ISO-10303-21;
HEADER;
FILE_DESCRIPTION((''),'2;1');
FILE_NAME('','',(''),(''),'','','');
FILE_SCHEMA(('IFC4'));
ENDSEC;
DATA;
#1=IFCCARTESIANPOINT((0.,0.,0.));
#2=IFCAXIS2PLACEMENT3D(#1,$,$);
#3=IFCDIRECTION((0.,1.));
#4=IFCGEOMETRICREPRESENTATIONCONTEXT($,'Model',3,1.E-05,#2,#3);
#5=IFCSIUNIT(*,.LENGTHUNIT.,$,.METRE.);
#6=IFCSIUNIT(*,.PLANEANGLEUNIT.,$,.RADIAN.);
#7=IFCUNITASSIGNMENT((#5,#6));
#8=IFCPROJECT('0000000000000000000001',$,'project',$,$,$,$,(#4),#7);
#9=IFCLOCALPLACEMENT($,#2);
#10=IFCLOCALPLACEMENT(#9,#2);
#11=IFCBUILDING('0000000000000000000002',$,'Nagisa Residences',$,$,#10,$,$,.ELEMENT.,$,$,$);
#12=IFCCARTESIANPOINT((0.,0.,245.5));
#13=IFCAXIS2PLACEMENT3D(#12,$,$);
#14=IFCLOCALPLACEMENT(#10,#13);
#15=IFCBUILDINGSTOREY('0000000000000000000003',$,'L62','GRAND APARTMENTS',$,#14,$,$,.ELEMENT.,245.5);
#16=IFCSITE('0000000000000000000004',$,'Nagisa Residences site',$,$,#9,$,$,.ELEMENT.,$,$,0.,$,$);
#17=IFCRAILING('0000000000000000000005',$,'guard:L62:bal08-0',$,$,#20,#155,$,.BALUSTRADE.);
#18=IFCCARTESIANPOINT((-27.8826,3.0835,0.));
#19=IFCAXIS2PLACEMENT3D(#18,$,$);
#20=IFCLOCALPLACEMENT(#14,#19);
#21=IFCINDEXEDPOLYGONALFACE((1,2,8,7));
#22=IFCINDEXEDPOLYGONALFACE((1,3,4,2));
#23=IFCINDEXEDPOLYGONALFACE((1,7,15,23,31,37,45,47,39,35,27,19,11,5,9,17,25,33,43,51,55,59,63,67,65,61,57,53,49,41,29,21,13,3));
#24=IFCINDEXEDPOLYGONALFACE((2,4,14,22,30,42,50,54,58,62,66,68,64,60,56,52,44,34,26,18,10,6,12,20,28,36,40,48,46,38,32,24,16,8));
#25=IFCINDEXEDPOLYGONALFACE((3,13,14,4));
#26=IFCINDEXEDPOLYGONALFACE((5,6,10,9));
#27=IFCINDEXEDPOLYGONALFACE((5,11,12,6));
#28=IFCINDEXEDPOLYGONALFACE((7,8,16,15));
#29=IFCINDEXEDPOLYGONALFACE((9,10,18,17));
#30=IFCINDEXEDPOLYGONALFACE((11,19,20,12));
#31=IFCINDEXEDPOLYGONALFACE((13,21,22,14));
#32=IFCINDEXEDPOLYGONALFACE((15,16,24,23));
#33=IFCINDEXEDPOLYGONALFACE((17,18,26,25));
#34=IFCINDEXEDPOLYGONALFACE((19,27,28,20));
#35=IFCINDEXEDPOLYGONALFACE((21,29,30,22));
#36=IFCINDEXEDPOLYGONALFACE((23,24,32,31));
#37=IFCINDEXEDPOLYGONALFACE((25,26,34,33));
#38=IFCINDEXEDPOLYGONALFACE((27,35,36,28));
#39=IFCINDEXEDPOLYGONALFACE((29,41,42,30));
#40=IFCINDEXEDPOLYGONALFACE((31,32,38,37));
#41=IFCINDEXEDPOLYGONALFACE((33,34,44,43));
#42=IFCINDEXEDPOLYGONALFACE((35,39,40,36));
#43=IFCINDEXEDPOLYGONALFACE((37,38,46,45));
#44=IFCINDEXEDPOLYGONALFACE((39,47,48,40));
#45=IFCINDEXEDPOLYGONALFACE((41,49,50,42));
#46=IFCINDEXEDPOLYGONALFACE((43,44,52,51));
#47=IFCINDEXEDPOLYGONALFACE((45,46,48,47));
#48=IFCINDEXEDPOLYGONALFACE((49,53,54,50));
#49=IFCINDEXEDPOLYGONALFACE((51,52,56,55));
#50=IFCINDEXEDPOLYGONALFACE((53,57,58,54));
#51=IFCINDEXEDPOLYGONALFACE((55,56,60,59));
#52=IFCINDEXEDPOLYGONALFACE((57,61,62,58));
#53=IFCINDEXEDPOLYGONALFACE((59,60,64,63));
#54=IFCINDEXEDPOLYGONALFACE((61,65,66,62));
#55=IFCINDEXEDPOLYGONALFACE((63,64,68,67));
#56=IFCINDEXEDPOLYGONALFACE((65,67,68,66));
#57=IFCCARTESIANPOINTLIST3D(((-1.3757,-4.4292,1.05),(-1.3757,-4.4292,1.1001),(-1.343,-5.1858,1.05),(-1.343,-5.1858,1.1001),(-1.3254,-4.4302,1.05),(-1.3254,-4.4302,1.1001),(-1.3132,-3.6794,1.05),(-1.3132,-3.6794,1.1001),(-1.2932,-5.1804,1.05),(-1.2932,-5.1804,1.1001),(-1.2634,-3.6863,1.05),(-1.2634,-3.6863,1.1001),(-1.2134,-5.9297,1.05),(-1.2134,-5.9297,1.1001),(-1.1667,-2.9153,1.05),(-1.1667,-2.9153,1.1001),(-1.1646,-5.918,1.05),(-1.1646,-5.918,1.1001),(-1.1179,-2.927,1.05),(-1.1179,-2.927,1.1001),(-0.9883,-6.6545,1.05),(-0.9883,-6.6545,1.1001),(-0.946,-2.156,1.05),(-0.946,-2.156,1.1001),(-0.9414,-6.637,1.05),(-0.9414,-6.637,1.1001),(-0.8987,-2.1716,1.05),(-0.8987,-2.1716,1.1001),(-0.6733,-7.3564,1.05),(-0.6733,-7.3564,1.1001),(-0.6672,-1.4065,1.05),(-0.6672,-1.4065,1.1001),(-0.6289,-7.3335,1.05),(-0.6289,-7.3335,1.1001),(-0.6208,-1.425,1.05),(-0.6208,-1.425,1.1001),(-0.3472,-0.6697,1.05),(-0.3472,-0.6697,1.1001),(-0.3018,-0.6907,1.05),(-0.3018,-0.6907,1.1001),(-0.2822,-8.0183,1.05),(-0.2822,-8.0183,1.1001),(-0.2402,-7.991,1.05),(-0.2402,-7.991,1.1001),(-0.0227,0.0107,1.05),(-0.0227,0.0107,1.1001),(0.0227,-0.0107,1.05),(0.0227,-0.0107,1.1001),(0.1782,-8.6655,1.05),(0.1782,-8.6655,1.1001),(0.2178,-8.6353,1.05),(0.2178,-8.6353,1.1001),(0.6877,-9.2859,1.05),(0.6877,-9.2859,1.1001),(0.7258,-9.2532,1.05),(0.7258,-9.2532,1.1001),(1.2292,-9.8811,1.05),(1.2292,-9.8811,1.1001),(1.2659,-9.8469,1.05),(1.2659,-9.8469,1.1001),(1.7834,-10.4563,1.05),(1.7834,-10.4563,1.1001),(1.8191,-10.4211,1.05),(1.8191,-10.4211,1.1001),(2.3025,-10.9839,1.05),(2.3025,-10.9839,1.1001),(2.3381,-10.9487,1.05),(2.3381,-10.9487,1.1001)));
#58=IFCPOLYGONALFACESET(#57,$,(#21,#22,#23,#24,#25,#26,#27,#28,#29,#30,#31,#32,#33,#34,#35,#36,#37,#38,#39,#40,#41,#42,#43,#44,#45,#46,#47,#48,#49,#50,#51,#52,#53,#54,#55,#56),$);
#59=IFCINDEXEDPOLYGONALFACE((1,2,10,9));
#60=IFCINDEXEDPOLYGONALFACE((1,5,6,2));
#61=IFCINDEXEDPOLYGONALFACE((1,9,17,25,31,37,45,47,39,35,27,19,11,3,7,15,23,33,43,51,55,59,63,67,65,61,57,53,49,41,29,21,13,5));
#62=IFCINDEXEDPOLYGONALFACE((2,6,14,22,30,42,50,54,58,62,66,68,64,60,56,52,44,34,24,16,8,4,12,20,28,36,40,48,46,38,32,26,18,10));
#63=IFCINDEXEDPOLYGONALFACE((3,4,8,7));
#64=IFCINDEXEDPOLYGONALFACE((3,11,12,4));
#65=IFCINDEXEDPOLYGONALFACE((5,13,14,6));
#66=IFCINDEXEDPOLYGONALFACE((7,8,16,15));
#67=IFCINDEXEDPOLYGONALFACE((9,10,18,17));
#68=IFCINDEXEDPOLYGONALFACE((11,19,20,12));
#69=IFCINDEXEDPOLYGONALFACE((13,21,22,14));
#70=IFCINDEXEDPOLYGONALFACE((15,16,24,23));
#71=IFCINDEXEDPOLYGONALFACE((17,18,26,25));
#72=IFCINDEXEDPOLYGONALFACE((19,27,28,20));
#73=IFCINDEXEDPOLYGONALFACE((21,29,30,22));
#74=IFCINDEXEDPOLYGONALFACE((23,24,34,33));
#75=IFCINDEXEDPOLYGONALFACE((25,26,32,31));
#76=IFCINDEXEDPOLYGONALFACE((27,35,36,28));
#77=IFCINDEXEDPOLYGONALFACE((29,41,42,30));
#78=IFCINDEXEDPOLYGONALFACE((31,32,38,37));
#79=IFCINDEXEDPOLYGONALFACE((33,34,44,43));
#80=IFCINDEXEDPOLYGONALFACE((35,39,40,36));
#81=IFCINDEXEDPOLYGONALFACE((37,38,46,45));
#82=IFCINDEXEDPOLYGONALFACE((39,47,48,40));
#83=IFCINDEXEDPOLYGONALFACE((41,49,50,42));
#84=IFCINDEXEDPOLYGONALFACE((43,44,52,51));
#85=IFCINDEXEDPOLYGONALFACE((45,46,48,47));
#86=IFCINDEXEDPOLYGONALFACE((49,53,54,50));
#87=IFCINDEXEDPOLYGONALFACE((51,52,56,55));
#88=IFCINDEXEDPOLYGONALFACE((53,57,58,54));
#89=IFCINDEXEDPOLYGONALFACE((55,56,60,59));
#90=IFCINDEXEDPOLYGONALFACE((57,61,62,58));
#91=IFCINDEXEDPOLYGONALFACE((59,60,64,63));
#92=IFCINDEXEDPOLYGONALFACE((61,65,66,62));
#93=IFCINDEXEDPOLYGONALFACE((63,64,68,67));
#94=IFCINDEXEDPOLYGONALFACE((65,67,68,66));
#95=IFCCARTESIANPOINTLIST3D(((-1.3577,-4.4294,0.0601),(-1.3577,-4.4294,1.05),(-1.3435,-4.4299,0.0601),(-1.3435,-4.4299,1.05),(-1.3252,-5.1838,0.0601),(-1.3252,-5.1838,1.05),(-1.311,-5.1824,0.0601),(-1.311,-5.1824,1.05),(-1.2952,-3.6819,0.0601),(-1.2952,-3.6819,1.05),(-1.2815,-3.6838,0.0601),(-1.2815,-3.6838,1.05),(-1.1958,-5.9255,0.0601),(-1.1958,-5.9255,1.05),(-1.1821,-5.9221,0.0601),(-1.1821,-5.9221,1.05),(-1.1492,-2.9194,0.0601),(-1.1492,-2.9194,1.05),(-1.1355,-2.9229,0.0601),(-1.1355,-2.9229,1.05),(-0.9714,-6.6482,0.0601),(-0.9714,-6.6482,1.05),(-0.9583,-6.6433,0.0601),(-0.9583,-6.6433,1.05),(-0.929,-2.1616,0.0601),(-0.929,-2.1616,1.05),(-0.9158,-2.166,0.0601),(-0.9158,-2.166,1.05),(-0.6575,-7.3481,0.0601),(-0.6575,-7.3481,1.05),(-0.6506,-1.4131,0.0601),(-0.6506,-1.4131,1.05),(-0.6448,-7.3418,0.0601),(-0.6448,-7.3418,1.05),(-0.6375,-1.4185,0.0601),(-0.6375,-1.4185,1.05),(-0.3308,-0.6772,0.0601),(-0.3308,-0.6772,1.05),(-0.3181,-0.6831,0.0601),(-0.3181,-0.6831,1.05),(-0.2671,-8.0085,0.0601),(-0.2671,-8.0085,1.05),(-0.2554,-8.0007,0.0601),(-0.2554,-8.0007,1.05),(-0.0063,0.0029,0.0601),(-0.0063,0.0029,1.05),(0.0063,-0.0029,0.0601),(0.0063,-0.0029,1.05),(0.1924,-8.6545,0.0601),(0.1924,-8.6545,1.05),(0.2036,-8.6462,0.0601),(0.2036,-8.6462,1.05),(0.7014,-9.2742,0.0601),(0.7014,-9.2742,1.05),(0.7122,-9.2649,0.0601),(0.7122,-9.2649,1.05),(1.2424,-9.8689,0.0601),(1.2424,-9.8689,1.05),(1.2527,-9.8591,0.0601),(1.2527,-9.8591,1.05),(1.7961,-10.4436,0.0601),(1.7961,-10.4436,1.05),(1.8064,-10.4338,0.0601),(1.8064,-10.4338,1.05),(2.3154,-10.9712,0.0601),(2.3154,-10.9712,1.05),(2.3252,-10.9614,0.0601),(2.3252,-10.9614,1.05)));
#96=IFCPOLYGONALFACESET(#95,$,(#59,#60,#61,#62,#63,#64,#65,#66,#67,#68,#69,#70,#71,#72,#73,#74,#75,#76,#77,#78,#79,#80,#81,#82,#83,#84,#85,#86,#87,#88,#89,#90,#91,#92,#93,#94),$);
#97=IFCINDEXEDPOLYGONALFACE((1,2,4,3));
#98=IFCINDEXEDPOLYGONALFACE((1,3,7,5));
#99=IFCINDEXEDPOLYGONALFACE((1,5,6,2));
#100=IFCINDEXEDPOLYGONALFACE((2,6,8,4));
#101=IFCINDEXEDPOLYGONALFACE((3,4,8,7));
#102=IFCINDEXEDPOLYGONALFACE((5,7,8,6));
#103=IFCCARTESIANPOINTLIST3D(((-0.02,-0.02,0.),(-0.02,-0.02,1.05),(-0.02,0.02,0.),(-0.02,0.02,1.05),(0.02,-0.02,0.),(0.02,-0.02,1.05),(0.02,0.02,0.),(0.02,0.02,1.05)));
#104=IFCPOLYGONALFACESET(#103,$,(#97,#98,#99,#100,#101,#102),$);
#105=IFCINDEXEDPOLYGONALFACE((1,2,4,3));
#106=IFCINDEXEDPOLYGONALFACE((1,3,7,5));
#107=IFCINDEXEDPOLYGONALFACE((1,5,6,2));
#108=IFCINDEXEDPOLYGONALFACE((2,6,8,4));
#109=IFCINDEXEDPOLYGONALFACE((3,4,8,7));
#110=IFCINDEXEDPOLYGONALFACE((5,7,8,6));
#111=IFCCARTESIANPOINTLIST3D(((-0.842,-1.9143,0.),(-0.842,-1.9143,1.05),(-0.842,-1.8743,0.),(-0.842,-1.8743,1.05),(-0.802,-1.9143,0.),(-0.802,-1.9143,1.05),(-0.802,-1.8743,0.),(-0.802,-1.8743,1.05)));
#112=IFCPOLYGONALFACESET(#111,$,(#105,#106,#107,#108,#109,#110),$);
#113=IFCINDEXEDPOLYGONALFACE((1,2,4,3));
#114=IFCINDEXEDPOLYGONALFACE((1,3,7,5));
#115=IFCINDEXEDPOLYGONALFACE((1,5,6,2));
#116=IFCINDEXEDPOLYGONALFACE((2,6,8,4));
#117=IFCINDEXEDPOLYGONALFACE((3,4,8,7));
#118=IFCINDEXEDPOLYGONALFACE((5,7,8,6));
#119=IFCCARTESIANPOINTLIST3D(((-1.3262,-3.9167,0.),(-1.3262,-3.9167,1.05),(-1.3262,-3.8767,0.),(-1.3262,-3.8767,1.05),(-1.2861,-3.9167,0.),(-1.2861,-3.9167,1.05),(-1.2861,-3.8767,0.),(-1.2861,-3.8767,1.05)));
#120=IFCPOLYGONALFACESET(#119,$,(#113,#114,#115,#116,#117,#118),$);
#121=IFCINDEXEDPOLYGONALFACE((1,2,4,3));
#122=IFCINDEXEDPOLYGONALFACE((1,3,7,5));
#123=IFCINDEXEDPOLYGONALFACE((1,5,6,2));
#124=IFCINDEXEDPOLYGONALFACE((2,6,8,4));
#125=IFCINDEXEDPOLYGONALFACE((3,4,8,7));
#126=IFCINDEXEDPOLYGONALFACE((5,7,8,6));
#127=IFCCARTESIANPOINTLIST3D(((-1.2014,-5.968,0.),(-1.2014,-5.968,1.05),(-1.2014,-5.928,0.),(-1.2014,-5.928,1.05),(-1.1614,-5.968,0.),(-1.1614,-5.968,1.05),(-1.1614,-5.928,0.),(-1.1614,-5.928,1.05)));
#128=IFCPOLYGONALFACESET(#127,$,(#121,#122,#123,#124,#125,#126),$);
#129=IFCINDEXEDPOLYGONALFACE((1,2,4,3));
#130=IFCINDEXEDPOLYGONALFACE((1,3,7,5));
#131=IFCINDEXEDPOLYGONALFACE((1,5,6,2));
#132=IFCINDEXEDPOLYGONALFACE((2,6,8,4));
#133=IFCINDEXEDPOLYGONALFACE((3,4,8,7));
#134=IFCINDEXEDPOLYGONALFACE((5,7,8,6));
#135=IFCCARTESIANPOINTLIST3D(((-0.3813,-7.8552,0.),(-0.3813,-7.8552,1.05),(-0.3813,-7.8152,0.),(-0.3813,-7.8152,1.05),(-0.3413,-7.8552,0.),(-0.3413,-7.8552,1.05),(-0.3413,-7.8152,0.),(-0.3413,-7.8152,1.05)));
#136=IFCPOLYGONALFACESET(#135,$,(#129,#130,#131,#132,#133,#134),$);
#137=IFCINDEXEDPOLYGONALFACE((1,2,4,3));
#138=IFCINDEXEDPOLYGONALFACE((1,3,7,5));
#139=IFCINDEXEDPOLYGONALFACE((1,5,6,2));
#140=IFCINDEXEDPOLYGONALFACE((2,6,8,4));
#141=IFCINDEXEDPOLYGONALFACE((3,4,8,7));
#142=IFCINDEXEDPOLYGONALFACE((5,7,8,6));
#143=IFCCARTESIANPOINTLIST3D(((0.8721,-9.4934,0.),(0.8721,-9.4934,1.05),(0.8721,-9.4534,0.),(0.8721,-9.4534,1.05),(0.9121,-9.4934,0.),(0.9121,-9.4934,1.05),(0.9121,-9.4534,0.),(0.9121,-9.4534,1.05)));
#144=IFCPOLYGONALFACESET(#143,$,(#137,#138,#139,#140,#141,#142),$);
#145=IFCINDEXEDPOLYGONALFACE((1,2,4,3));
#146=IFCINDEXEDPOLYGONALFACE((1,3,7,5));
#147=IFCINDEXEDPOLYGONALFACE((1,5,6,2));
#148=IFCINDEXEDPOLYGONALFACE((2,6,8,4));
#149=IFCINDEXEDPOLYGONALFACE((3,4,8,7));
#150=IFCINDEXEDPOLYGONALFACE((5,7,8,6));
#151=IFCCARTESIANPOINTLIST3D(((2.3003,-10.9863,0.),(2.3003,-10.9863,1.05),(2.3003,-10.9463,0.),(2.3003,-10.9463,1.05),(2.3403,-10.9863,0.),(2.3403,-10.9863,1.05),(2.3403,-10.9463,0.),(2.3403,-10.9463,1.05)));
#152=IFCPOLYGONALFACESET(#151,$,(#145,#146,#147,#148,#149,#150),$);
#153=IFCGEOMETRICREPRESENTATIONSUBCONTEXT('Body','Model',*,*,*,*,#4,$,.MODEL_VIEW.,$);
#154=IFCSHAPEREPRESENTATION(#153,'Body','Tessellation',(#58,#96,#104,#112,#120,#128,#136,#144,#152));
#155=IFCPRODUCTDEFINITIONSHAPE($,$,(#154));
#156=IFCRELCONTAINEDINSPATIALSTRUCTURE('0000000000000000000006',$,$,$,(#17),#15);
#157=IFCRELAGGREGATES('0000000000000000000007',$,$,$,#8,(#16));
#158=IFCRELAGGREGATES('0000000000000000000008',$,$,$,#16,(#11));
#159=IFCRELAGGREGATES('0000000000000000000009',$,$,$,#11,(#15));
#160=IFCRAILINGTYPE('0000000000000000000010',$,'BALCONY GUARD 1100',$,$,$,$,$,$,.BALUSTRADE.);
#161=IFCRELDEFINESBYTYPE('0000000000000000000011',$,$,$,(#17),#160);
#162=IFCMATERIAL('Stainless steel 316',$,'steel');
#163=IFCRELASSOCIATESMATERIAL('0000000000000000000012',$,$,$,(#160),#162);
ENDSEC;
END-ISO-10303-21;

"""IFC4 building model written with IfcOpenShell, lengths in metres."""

from ifc_helpers import new_model, si_unit, direction, frame, origin, origin_2d, place, context, subcontext, project, spatial, polyline, rectangle, outline, extrude, material, type_object, element, save


model = new_model("IFC4")

# Units and contexts
model_context = context("Model", 3, precision=1e-05, world=origin(), true_north=direction((0.0, 1.0)))
body_context = subcontext(model_context, "Body", "Model", "MODEL_VIEW")
ifc_project = project(units=[si_unit("LENGTHUNIT", "METRE"), si_unit("PLANEANGLEUNIT", "RADIAN")], contexts=[model_context])

# Site, building, storey
site_placement = place(None, origin())
site = spatial("IfcSite", under=ifc_project, at=site_placement, Name="Nagisa Residences site", CompositionType="ELEMENT", RefElevation=0.0)
building_placement = place(site_placement, origin())
building = spatial("IfcBuilding", under=site, at=building_placement, Name="Nagisa Residences", CompositionType="ELEMENT")
storey_placement = place(building_placement, frame((0.0, 0.0, 245.5)))
storey = spatial("IfcBuildingStorey", under=building, at=storey_placement, Name="L62", Description="GRAND APARTMENTS", CompositionType="ELEMENT", Elevation=245.5)

# Railing
ifc_material_1 = material(Name="Stainless steel 316", Category="steel")
railing_type = type_object("IfcRailingType", Name="BALCONY GUARD 1100", PredefinedType="BALUSTRADE", material=ifc_material_1)
railing_1_placement = place(storey_placement, frame((-27.8826, 3.0835, 0.0)))
element("IfcRailing", 1, at=railing_1_placement, inside=storey, type_object=railing_type, Name="guard:L62:bal08-0", PredefinedType="BALUSTRADE", context=body_context, shape_type="SweptSolid", body=[
    extrude(outline(polyline([(-0.3018, -0.6907), (0.0227, -0.0107), (-0.0227, 0.0107), (-0.3472, -0.6697), (-0.6672, -1.4065), (-0.946, -2.156), (-1.1667, -2.9153), (-1.3132, -3.6794), (-1.3757, -4.4292), (-1.343, -5.1858), (-1.2134, -5.9297), (-0.9883, -6.6545), (-0.6733, -7.3564), (-0.2822, -8.0183), (0.1782, -8.6655), (0.6877, -9.2859), (1.2292, -9.8811), (1.7834, -10.4563), (2.3025, -10.9839), (2.3381, -10.9487), (1.8191, -10.4211), (1.2659, -9.8469), (0.7258, -9.2532), (0.2178, -8.6353), (-0.2402, -7.991), (-0.6289, -7.3335), (-0.9414, -6.637), (-1.1646, -5.918), (-1.2932, -5.1804), (-1.3254, -4.4302), (-1.2634, -3.6863), (-1.1179, -2.927), (-0.8987, -2.1716), (-0.6208, -1.425), (-0.3018, -0.6907)])), frame((0.0, 0.0, 1.05)), (0.0, 0.0, 1.0), 0.05),
    extrude(outline(polyline([(-0.3181, -0.6831), (0.0063, -0.0029), (-0.0063, 0.0029), (-0.3308, -0.6772), (-0.6506, -1.4131), (-0.929, -2.1616), (-1.1492, -2.9194), (-1.2952, -3.6819), (-1.3577, -4.4294), (-1.3252, -5.1838), (-1.1958, -5.9255), (-0.9714, -6.6482), (-0.6575, -7.3481), (-0.2671, -8.0085), (0.1924, -8.6545), (0.7014, -9.2742), (1.2424, -9.8689), (1.7961, -10.4436), (2.3154, -10.9712), (2.3252, -10.9614), (1.8064, -10.4338), (1.2527, -9.8591), (0.7122, -9.2649), (0.2036, -8.6462), (-0.2554, -8.0007), (-0.6448, -7.3418), (-0.9583, -6.6433), (-1.1821, -5.9221), (-1.311, -5.1824), (-1.3435, -4.4299), (-1.2815, -3.6838), (-1.1355, -2.9229), (-0.9158, -2.166), (-0.6375, -1.4185), (-0.3181, -0.6831)])), frame((0.0, 0.0, 0.0601)), (0.0, 0.0, 1.0), 0.99),
    extrude(rectangle(XDim=0.04, YDim=0.04, at=origin_2d()), origin(), (0.0, 0.0, 1.0), 1.05),
    extrude(rectangle(XDim=0.04, YDim=0.04, at=origin_2d()), frame((-0.822, -1.8943, 0.0)), (0.0, 0.0, 1.0), 1.05),
    extrude(rectangle(XDim=0.04, YDim=0.04, at=origin_2d()), frame((-1.3062, -3.8967, 0.0)), (0.0, 0.0, 1.0), 1.05),
    extrude(rectangle(XDim=0.04, YDim=0.04, at=origin_2d()), frame((-1.1814, -5.948, 0.0)), (0.0, 0.0, 1.0), 1.05),
    extrude(rectangle(XDim=0.04, YDim=0.04, at=origin_2d()), frame((-0.3613, -7.8352, 0.0)), (0.0, 0.0, 1.0), 1.05),
    extrude(rectangle(XDim=0.04, YDim=0.04, at=origin_2d()), frame((0.8921, -9.4734, 0.0)), (0.0, 0.0, 1.0), 1.05),
    extrude(rectangle(XDim=0.04, YDim=0.04, at=origin_2d()), frame((2.3203, -10.9663, 0.0)), (0.0, 0.0, 1.0), 1.05),
])

save(model, "model.ifc")
